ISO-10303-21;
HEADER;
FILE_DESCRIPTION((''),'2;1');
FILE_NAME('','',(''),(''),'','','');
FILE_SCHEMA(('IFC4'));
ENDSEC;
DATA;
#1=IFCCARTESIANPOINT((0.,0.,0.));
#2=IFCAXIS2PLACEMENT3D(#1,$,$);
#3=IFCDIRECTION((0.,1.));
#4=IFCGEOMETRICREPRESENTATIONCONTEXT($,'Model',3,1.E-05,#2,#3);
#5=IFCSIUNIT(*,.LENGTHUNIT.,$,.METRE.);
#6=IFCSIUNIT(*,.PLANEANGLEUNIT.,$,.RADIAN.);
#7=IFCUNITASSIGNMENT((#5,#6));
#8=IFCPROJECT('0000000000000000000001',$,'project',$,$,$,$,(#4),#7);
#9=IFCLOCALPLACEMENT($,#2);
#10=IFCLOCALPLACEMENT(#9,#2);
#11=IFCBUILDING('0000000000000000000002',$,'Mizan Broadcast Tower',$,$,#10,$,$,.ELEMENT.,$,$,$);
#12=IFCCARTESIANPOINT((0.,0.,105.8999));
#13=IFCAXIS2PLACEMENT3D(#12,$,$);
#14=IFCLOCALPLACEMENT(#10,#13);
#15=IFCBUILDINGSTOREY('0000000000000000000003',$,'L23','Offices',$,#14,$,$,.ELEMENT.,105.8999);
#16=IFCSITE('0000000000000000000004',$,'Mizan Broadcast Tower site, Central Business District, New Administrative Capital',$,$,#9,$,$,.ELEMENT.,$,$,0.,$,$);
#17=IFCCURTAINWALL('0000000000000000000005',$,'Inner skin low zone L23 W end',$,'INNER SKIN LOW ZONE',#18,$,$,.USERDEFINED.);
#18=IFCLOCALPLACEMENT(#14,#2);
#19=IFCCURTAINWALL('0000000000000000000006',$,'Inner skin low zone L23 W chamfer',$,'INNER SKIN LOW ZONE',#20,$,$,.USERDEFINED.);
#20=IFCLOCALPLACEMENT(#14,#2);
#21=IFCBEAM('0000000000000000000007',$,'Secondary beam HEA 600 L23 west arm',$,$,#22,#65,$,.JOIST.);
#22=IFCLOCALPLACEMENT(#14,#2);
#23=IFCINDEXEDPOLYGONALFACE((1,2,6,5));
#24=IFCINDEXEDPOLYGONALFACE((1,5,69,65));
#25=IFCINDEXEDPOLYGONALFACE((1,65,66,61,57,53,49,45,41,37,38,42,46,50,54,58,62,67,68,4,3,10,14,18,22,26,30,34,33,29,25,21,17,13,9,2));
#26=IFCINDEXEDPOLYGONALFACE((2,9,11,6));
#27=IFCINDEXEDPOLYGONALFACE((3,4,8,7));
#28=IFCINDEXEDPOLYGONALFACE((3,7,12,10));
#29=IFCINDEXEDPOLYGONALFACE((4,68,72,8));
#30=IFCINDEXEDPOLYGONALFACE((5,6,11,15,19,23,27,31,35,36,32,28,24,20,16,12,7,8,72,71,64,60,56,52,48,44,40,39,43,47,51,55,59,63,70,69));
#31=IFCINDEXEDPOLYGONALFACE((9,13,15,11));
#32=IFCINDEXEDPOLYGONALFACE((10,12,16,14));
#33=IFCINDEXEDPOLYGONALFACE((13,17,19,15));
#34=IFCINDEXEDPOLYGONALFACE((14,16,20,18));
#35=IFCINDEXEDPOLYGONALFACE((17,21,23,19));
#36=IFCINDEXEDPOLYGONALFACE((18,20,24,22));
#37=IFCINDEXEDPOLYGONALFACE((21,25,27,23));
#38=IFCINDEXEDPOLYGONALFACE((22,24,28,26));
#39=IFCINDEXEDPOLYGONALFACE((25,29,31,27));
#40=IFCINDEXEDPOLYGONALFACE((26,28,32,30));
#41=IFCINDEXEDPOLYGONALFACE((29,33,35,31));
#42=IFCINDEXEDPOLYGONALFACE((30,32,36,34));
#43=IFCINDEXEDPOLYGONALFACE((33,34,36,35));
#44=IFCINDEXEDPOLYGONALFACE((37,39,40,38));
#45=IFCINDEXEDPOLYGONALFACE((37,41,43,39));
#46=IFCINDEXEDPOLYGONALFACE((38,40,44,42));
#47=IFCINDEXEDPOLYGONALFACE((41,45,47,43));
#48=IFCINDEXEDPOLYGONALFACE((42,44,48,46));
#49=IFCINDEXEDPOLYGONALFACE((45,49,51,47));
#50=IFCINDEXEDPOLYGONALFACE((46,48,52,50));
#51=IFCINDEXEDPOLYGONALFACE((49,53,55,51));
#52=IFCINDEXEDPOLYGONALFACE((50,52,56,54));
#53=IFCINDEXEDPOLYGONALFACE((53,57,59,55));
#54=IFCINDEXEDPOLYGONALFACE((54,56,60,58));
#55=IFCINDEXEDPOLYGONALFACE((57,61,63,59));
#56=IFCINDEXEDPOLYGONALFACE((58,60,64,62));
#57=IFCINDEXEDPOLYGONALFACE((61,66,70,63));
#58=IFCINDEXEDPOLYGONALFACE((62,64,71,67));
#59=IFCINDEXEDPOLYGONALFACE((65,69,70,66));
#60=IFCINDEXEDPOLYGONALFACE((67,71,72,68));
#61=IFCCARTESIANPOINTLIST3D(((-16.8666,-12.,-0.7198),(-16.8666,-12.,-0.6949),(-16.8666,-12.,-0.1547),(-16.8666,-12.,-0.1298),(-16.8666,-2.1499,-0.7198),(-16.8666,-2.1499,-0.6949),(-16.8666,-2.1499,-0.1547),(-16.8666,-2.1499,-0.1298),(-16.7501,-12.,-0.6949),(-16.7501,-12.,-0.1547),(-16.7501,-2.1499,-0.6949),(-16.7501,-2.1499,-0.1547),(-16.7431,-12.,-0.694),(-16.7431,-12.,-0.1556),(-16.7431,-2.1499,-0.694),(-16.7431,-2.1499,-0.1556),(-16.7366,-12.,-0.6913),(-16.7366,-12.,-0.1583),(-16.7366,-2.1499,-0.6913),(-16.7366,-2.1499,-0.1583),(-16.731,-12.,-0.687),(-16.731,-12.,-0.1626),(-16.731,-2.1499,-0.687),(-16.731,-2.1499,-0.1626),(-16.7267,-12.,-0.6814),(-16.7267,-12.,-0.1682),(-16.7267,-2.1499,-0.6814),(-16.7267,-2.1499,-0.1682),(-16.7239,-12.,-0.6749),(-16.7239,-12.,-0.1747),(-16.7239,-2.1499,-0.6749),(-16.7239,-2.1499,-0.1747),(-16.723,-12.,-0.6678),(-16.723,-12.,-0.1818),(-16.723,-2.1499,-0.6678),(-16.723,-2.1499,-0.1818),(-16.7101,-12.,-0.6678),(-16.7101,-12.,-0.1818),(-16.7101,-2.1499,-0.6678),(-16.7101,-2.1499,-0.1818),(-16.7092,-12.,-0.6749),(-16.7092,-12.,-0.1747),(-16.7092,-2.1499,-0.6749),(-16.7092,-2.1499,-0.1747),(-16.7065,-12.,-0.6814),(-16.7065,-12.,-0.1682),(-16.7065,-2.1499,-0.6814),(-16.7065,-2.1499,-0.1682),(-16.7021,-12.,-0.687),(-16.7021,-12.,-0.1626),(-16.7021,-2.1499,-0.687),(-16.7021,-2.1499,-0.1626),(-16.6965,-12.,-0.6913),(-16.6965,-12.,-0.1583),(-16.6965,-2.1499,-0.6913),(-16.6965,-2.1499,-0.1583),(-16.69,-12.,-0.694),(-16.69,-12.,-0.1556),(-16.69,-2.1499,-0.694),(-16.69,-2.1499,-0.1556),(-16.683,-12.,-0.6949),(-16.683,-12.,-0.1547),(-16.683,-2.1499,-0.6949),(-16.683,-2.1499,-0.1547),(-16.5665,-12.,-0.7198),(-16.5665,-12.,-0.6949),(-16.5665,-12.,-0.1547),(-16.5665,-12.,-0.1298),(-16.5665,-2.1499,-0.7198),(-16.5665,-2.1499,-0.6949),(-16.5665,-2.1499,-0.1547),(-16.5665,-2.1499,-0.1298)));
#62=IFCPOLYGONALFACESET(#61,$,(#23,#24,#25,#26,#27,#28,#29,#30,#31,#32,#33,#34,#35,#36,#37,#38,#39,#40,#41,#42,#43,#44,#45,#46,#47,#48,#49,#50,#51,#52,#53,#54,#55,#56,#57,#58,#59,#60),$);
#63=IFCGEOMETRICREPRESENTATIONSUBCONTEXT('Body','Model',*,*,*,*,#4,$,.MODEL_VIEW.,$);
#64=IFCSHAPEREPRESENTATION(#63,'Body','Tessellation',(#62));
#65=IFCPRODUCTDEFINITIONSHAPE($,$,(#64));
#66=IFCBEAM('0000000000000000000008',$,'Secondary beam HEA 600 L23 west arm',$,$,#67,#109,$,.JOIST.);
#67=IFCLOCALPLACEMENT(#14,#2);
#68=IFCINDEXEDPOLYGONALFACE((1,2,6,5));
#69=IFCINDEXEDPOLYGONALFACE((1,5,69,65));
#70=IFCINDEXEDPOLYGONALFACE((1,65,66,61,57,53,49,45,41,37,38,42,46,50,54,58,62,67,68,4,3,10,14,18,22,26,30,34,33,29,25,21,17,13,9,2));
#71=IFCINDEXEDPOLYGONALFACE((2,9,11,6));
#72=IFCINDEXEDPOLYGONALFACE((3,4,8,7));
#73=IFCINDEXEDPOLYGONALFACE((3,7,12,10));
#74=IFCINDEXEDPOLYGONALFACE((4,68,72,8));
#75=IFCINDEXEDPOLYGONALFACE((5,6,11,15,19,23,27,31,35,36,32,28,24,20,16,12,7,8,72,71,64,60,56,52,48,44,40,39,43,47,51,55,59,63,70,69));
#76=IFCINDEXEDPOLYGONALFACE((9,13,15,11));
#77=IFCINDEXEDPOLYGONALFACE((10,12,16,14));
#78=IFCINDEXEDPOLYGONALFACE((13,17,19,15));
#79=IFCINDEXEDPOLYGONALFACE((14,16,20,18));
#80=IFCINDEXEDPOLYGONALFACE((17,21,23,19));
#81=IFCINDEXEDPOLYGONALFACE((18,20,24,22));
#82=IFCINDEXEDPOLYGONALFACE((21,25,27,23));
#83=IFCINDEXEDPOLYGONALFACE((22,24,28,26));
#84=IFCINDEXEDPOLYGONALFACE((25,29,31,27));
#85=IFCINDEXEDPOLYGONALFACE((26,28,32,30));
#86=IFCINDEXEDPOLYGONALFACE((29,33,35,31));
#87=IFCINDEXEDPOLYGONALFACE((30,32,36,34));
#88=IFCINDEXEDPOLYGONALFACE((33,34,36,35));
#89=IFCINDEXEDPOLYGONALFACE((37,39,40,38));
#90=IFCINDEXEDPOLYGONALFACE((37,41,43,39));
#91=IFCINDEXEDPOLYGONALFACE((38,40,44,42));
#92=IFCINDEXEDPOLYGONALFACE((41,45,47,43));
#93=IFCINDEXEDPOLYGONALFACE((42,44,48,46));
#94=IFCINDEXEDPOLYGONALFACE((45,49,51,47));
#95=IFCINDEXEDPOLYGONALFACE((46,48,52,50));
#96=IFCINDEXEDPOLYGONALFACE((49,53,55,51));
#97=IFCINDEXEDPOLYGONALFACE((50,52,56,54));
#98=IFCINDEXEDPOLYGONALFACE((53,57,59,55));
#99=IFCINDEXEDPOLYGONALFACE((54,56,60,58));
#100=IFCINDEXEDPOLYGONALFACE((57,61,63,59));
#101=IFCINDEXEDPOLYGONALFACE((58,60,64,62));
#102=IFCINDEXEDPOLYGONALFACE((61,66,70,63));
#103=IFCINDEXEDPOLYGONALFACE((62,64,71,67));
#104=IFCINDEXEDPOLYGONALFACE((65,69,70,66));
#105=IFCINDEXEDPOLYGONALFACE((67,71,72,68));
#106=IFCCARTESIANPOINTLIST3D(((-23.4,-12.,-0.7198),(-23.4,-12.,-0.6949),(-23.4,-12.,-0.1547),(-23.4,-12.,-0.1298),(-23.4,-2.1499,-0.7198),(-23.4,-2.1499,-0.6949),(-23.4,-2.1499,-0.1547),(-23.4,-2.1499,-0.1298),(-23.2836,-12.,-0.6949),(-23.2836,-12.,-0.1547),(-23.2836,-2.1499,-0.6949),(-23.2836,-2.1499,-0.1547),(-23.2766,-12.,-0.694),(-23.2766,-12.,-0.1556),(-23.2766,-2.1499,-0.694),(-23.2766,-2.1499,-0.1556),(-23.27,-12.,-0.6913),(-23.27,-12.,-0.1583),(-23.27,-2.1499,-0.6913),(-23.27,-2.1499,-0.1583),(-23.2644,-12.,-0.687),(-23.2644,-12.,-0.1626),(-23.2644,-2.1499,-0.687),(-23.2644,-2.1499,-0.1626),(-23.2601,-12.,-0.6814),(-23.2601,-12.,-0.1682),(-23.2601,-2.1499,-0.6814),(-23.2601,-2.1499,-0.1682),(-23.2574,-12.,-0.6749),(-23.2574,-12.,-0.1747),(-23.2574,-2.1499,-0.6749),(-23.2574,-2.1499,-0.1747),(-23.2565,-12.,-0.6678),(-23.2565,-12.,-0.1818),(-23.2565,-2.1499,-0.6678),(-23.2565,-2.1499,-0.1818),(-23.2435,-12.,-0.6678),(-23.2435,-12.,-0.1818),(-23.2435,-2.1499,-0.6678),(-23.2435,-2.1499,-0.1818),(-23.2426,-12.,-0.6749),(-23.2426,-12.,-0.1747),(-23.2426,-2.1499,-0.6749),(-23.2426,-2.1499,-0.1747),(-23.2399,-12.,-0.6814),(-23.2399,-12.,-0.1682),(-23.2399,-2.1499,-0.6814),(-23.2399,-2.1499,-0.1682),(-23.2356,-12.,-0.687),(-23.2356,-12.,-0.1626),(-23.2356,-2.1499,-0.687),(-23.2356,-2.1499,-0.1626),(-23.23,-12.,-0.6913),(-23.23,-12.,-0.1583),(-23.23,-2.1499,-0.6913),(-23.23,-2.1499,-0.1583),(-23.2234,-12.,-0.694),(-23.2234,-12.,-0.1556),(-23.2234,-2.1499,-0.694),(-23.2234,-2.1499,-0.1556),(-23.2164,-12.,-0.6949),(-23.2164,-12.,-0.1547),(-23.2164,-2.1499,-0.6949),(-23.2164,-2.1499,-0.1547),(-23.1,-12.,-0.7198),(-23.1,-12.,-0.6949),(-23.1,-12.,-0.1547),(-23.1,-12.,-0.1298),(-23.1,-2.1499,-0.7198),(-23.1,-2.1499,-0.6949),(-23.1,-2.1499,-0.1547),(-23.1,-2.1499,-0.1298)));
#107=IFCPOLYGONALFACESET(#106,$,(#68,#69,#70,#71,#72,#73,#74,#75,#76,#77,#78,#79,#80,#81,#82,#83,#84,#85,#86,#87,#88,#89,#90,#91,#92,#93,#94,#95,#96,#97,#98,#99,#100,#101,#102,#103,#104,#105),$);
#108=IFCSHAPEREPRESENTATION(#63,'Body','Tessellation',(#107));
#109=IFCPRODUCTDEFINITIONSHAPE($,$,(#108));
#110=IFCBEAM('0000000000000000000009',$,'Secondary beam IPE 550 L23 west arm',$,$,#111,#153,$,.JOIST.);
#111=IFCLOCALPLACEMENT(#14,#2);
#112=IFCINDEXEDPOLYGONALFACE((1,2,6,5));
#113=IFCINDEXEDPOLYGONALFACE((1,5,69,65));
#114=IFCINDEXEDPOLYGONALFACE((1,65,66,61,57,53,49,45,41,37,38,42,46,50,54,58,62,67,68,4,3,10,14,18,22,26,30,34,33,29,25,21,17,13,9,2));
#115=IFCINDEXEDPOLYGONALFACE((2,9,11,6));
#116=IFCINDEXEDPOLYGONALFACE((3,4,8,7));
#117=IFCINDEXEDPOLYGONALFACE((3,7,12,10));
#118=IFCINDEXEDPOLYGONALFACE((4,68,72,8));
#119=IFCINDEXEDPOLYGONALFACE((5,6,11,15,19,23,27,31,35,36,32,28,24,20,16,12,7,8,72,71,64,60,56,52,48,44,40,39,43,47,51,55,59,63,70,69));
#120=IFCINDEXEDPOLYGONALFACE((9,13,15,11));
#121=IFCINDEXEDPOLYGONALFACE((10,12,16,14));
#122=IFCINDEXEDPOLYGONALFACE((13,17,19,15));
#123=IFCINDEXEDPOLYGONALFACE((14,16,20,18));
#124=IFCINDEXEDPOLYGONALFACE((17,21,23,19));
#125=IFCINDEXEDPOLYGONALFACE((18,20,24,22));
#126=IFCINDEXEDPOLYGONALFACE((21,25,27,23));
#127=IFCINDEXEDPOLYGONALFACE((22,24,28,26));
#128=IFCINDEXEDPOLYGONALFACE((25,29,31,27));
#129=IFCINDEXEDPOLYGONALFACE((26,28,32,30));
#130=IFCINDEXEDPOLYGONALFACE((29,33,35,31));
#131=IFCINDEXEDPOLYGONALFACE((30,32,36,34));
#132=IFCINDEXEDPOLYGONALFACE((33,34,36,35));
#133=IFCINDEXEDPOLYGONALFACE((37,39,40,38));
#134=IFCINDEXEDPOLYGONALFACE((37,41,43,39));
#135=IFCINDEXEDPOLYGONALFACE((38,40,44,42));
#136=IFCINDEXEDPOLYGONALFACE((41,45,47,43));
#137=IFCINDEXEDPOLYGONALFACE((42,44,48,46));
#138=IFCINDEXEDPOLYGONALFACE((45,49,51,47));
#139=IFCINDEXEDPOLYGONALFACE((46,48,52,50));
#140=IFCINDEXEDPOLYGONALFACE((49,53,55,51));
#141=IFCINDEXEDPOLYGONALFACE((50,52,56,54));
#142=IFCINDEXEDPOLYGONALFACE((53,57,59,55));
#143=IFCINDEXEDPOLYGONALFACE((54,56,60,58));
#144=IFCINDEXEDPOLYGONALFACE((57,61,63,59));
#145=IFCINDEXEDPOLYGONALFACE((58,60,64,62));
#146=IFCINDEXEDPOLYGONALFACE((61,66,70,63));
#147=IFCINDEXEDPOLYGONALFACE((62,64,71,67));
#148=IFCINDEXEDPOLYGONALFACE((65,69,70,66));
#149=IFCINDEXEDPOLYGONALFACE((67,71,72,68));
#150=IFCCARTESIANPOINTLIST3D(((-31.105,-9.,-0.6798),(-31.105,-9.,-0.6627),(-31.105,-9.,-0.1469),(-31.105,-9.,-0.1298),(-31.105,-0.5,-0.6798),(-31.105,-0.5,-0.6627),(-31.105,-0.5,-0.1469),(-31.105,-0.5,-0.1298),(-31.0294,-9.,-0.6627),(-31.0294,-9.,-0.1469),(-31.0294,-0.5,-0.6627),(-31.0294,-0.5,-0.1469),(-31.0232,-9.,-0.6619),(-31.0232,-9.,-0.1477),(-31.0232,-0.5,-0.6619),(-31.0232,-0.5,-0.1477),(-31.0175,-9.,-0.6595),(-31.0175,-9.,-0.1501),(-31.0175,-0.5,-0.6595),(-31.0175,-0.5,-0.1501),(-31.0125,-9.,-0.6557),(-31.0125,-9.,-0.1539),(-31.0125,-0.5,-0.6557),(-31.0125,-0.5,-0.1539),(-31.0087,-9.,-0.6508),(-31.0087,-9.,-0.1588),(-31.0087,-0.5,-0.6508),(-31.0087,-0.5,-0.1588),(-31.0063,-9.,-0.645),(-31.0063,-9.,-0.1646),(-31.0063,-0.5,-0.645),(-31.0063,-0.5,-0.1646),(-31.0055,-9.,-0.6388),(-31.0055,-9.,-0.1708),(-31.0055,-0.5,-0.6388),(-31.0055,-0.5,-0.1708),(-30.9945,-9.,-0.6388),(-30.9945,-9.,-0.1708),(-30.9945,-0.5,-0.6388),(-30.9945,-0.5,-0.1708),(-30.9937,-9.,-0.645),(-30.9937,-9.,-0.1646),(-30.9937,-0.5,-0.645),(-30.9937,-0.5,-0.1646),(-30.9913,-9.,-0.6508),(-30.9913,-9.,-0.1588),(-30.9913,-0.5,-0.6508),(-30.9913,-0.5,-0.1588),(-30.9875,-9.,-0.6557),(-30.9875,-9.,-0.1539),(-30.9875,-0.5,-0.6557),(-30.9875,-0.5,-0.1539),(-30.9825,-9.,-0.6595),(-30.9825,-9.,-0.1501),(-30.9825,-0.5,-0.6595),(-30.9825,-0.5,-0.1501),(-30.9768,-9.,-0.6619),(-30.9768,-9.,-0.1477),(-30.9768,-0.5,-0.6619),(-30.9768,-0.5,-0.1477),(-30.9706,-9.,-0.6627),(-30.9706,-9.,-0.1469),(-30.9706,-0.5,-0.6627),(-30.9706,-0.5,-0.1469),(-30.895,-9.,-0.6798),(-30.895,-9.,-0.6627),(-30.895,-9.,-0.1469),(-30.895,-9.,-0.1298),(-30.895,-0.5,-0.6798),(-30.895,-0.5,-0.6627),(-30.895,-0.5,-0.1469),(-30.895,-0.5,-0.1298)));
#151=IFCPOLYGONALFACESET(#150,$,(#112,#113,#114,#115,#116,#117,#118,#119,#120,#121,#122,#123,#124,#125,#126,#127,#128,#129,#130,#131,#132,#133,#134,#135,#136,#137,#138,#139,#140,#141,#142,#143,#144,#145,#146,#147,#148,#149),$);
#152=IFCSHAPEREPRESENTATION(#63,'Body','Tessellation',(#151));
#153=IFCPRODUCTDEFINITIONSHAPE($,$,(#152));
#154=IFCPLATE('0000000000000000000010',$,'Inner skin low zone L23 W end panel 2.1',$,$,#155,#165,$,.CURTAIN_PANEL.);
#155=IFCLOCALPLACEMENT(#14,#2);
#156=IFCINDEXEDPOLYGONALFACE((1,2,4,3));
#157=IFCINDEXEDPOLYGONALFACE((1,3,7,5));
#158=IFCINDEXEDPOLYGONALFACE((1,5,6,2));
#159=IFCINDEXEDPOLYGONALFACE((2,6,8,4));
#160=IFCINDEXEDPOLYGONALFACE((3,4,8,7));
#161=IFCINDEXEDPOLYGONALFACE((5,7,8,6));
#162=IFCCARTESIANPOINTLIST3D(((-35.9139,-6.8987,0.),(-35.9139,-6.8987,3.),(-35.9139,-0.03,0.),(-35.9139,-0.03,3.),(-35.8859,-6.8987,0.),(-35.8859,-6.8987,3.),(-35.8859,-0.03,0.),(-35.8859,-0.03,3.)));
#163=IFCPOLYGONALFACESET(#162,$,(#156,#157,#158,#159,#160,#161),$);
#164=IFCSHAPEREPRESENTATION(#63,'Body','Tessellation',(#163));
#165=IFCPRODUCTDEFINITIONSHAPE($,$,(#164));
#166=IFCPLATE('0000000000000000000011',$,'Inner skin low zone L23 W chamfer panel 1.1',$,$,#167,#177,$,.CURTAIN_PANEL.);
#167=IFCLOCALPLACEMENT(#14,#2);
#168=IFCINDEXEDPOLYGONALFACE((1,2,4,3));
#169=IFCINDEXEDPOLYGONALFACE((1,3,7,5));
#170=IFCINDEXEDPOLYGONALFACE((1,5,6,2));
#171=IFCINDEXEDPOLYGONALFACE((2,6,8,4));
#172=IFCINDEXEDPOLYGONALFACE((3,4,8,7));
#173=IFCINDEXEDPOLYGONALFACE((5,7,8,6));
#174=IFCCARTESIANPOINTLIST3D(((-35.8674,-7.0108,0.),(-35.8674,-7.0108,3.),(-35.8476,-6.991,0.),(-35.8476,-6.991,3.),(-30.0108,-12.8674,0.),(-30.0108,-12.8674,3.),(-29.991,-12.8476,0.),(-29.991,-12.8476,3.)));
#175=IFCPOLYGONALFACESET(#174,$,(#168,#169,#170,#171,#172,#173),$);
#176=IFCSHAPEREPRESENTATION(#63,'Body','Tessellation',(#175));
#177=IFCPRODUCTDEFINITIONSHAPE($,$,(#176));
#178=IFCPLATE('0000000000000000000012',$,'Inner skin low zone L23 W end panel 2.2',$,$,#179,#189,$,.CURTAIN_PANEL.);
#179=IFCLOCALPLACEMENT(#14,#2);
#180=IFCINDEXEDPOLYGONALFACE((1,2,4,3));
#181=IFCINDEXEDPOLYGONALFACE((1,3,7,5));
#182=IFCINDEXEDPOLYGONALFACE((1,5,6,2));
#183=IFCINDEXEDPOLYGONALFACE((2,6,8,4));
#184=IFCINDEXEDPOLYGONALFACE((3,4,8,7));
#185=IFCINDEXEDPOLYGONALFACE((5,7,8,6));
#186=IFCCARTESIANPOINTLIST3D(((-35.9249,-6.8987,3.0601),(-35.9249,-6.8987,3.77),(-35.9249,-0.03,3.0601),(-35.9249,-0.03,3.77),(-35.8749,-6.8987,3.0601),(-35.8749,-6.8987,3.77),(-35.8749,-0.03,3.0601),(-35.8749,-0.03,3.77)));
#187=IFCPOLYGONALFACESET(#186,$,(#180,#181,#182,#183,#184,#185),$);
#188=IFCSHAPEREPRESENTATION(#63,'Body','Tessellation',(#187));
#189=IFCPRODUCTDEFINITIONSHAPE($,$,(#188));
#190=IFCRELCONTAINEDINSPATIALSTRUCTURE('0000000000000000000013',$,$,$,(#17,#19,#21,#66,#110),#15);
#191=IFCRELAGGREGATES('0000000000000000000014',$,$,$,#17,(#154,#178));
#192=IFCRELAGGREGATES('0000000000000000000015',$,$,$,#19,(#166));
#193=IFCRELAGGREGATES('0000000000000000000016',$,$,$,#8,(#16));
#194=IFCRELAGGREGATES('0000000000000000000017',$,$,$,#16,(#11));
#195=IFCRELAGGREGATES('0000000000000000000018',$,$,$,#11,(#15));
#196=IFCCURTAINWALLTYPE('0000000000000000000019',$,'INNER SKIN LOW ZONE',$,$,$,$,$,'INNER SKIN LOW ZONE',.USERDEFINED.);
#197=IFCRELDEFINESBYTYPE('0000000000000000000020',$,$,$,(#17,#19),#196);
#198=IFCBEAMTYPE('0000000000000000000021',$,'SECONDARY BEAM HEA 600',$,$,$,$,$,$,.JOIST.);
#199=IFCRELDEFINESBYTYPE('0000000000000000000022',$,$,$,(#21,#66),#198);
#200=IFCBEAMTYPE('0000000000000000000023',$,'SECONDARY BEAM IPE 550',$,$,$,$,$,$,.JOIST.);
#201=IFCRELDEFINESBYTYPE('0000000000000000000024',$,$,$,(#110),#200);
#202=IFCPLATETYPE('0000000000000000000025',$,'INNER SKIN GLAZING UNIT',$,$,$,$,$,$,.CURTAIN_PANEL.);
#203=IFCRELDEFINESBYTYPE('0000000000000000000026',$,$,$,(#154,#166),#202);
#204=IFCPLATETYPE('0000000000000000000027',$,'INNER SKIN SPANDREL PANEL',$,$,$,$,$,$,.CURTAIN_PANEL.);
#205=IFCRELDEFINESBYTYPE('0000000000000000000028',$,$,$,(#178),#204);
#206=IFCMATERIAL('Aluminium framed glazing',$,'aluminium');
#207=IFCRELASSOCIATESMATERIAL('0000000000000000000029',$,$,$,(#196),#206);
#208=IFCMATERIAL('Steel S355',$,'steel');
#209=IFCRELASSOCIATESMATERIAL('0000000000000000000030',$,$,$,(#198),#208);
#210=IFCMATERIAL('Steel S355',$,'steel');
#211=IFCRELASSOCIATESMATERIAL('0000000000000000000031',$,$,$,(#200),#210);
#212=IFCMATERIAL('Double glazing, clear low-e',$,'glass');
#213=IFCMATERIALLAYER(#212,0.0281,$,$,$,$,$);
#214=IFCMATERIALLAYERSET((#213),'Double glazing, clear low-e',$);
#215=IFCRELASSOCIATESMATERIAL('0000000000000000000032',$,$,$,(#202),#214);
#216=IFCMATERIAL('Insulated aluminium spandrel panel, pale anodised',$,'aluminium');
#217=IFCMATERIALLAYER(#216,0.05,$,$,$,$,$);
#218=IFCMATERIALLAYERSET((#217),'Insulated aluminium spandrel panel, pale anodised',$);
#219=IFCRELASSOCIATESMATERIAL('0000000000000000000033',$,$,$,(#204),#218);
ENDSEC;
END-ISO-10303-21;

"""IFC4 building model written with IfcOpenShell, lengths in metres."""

from ifc_helpers import new_model, si_unit, direction, frame, origin, origin_2d, place, context, subcontext, project, spatial, rectangle, i_section, extrude, material, layer, layer_set, material_profile, profile_set, type_object, element, aggregate, save


model = new_model("IFC4")

# Units and contexts
model_context = context("Model", 3, precision=1e-05, world=origin(), true_north=direction((0.0, 1.0)))
body_context = subcontext(model_context, "Body", "Model", "MODEL_VIEW")
ifc_project = project(units=[si_unit("LENGTHUNIT", "METRE"), si_unit("PLANEANGLEUNIT", "RADIAN")], contexts=[model_context])

# Site, building, storey
site_placement = place(None, origin())
site = spatial("IfcSite", under=ifc_project, at=site_placement, Name="Mizan Broadcast Tower site, Central Business District, New Administrative Capital", CompositionType="ELEMENT", RefElevation=0.0)
building_placement = place(site_placement, origin())
building = spatial("IfcBuilding", under=site, at=building_placement, Name="Mizan Broadcast Tower", CompositionType="ELEMENT")
storey_placement = place(building_placement, frame((0.0, 0.0, 105.8999)))
storey = spatial("IfcBuildingStorey", under=building, at=storey_placement, Name="L23", Description="Offices", CompositionType="ELEMENT", Elevation=105.8999)

# Curtain wall
ifc_material_1 = material(Name="Aluminium framed glazing", Category="aluminium")
curtain_wall_type_1 = type_object("IfcCurtainWallType", Name="INNER SKIN LOW ZONE", ElementType="INNER SKIN LOW ZONE", PredefinedType="USERDEFINED", material=ifc_material_1)
curtain_wall_1_placement = place(storey_placement, origin())
curtain_wall_1 = element("IfcCurtainWall", 1, at=curtain_wall_1_placement, inside=storey, type_object=curtain_wall_type_1, Name="Inner skin low zone L23 W end", ObjectType="INNER SKIN LOW ZONE", PredefinedType="USERDEFINED")

# Curtain wall
curtain_wall_2_placement = place(storey_placement, origin())
curtain_wall_2 = element("IfcCurtainWall", 2, at=curtain_wall_2_placement, inside=storey, type_object=curtain_wall_type_1, Name="Inner skin low zone L23 W chamfer", ObjectType="INNER SKIN LOW ZONE", PredefinedType="USERDEFINED")

# Beams
ifc_material_2 = material(Name="Steel S355", Category="steel")
ifc_material_profile_1 = material_profile(ifc_material_2, i_section(OverallWidth=0.3, OverallDepth=0.5901, WebThickness=0.0129, FlangeThickness=0.0249, FilletRadius=0.0271, at=origin_2d()), Name="HEA 600")
ifc_profile_set_1 = profile_set([ifc_material_profile_1], Name="Steel S355")
beam_type_1 = type_object("IfcBeamType", Name="SECONDARY BEAM HEA 600", PredefinedType="JOIST", material=ifc_profile_set_1)
for number, where, z_axis, x_axis, name in (
    (3, (-16.7166, -12.0, -0.4248), (0.0, 1.0, 0.0), (-1.0, 0.0, 0.0), "Secondary beam HEA 600 L23 west arm"),
    (4, (-23.25, -12.0, -0.4248), (0.0, 1.0, 0.0), (-1.0, 0.0, 0.0), "Secondary beam HEA 600 L23 west arm"),
):
    element("IfcBeam", number, at=place(storey_placement, frame(where, z_axis=z_axis, x_axis=x_axis)), inside=storey, type_object=beam_type_1, Name=name, PredefinedType="JOIST", context=body_context, shape_type="SweptSolid", body=[
        extrude(i_section(OverallWidth=0.3, OverallDepth=0.5901, WebThickness=0.0129, FlangeThickness=0.0249, FilletRadius=0.0271, at=origin_2d()), origin(), (0.0, 0.0, 1.0), 9.8501),
    ])
ifc_material_3 = material(Name="Steel S355", Category="steel")
ifc_material_profile_2 = material_profile(ifc_material_3, i_section(OverallWidth=0.21, OverallDepth=0.55, WebThickness=0.011, FlangeThickness=0.0171, FilletRadius=0.0239, at=origin_2d()), Name="IPE 550")
ifc_profile_set_2 = profile_set([ifc_material_profile_2], Name="Steel S355")
beam_type_2 = type_object("IfcBeamType", Name="SECONDARY BEAM IPE 550", PredefinedType="JOIST", material=ifc_profile_set_2)
beam_1_placement = place(storey_placement, frame((-31.0, -9.0, -0.4048), z_axis=(0.0, 1.0, 0.0), x_axis=(-1.0, 0.0, 0.0)))
element("IfcBeam", 5, at=beam_1_placement, inside=storey, type_object=beam_type_2, Name="Secondary beam IPE 550 L23 west arm", PredefinedType="JOIST", context=body_context, shape_type="SweptSolid", body=[
    extrude(i_section(OverallWidth=0.21, OverallDepth=0.55, WebThickness=0.011, FlangeThickness=0.0171, FilletRadius=0.0239, at=origin_2d()), origin(), (0.0, 0.0, 1.0), 8.5),
])

# Plates
ifc_material_4 = material(Name="Double glazing, clear low-e", Category="glass")
ifc_layer_1 = layer(ifc_material_4, 0.0281)
ifc_layer_set_1 = layer_set([ifc_layer_1], Name="Double glazing, clear low-e")
plate_type_1 = type_object("IfcPlateType", Name="INNER SKIN GLAZING UNIT", PredefinedType="CURTAIN_PANEL", material=ifc_layer_set_1)
plate_1_placement = place(storey_placement, frame((-35.8999, -3.4644, 0.0), z_axis=(0.0, 0.0, 1.0), x_axis=(0.0, -1.0, 0.0)))
plate_1 = element("IfcPlate", 6, at=plate_1_placement, type_object=plate_type_1, Name="Inner skin low zone L23 W end panel 2.1", PredefinedType="CURTAIN_PANEL", context=body_context, shape_type="SweptSolid", body=[
    extrude(rectangle(XDim=6.8687, YDim=0.0281, at=origin_2d()), origin(), (0.0, 0.0, 1.0), 3.0),
])
plate_2_placement = place(storey_placement, frame((-32.9292, -9.9292, 0.0), z_axis=(0.0, 0.0, 1.0), x_axis=(0.707107, -0.707107, 0.0)))
plate_2 = element("IfcPlate", 7, at=plate_2_placement, type_object=plate_type_1, Name="Inner skin low zone L23 W chamfer panel 1.1", PredefinedType="CURTAIN_PANEL", context=body_context, shape_type="SweptSolid", body=[
    extrude(rectangle(XDim=8.2825, YDim=0.0281, at=origin_2d()), origin(), (0.0, 0.0, 1.0), 3.0),
])
ifc_material_5 = material(Name="Insulated aluminium spandrel panel, pale anodised", Category="aluminium")
ifc_layer_2 = layer(ifc_material_5, 0.05)
ifc_layer_set_2 = layer_set([ifc_layer_2], Name="Insulated aluminium spandrel panel, pale anodised")
plate_type_2 = type_object("IfcPlateType", Name="INNER SKIN SPANDREL PANEL", PredefinedType="CURTAIN_PANEL", material=ifc_layer_set_2)
plate_3_placement = place(storey_placement, frame((-35.8999, -3.4644, 3.0601), z_axis=(0.0, 0.0, 1.0), x_axis=(0.0, -1.0, 0.0)))
plate_3 = element("IfcPlate", 8, at=plate_3_placement, type_object=plate_type_2, Name="Inner skin low zone L23 W end panel 2.2", PredefinedType="CURTAIN_PANEL", context=body_context, shape_type="SweptSolid", body=[
    extrude(rectangle(XDim=6.8687, YDim=0.05, at=origin_2d()), origin(), (0.0, 0.0, 1.0), 0.71),
])
aggregate(curtain_wall_1, [plate_1, plate_3])
aggregate(curtain_wall_2, [plate_2])

save(model, "model.ifc")
